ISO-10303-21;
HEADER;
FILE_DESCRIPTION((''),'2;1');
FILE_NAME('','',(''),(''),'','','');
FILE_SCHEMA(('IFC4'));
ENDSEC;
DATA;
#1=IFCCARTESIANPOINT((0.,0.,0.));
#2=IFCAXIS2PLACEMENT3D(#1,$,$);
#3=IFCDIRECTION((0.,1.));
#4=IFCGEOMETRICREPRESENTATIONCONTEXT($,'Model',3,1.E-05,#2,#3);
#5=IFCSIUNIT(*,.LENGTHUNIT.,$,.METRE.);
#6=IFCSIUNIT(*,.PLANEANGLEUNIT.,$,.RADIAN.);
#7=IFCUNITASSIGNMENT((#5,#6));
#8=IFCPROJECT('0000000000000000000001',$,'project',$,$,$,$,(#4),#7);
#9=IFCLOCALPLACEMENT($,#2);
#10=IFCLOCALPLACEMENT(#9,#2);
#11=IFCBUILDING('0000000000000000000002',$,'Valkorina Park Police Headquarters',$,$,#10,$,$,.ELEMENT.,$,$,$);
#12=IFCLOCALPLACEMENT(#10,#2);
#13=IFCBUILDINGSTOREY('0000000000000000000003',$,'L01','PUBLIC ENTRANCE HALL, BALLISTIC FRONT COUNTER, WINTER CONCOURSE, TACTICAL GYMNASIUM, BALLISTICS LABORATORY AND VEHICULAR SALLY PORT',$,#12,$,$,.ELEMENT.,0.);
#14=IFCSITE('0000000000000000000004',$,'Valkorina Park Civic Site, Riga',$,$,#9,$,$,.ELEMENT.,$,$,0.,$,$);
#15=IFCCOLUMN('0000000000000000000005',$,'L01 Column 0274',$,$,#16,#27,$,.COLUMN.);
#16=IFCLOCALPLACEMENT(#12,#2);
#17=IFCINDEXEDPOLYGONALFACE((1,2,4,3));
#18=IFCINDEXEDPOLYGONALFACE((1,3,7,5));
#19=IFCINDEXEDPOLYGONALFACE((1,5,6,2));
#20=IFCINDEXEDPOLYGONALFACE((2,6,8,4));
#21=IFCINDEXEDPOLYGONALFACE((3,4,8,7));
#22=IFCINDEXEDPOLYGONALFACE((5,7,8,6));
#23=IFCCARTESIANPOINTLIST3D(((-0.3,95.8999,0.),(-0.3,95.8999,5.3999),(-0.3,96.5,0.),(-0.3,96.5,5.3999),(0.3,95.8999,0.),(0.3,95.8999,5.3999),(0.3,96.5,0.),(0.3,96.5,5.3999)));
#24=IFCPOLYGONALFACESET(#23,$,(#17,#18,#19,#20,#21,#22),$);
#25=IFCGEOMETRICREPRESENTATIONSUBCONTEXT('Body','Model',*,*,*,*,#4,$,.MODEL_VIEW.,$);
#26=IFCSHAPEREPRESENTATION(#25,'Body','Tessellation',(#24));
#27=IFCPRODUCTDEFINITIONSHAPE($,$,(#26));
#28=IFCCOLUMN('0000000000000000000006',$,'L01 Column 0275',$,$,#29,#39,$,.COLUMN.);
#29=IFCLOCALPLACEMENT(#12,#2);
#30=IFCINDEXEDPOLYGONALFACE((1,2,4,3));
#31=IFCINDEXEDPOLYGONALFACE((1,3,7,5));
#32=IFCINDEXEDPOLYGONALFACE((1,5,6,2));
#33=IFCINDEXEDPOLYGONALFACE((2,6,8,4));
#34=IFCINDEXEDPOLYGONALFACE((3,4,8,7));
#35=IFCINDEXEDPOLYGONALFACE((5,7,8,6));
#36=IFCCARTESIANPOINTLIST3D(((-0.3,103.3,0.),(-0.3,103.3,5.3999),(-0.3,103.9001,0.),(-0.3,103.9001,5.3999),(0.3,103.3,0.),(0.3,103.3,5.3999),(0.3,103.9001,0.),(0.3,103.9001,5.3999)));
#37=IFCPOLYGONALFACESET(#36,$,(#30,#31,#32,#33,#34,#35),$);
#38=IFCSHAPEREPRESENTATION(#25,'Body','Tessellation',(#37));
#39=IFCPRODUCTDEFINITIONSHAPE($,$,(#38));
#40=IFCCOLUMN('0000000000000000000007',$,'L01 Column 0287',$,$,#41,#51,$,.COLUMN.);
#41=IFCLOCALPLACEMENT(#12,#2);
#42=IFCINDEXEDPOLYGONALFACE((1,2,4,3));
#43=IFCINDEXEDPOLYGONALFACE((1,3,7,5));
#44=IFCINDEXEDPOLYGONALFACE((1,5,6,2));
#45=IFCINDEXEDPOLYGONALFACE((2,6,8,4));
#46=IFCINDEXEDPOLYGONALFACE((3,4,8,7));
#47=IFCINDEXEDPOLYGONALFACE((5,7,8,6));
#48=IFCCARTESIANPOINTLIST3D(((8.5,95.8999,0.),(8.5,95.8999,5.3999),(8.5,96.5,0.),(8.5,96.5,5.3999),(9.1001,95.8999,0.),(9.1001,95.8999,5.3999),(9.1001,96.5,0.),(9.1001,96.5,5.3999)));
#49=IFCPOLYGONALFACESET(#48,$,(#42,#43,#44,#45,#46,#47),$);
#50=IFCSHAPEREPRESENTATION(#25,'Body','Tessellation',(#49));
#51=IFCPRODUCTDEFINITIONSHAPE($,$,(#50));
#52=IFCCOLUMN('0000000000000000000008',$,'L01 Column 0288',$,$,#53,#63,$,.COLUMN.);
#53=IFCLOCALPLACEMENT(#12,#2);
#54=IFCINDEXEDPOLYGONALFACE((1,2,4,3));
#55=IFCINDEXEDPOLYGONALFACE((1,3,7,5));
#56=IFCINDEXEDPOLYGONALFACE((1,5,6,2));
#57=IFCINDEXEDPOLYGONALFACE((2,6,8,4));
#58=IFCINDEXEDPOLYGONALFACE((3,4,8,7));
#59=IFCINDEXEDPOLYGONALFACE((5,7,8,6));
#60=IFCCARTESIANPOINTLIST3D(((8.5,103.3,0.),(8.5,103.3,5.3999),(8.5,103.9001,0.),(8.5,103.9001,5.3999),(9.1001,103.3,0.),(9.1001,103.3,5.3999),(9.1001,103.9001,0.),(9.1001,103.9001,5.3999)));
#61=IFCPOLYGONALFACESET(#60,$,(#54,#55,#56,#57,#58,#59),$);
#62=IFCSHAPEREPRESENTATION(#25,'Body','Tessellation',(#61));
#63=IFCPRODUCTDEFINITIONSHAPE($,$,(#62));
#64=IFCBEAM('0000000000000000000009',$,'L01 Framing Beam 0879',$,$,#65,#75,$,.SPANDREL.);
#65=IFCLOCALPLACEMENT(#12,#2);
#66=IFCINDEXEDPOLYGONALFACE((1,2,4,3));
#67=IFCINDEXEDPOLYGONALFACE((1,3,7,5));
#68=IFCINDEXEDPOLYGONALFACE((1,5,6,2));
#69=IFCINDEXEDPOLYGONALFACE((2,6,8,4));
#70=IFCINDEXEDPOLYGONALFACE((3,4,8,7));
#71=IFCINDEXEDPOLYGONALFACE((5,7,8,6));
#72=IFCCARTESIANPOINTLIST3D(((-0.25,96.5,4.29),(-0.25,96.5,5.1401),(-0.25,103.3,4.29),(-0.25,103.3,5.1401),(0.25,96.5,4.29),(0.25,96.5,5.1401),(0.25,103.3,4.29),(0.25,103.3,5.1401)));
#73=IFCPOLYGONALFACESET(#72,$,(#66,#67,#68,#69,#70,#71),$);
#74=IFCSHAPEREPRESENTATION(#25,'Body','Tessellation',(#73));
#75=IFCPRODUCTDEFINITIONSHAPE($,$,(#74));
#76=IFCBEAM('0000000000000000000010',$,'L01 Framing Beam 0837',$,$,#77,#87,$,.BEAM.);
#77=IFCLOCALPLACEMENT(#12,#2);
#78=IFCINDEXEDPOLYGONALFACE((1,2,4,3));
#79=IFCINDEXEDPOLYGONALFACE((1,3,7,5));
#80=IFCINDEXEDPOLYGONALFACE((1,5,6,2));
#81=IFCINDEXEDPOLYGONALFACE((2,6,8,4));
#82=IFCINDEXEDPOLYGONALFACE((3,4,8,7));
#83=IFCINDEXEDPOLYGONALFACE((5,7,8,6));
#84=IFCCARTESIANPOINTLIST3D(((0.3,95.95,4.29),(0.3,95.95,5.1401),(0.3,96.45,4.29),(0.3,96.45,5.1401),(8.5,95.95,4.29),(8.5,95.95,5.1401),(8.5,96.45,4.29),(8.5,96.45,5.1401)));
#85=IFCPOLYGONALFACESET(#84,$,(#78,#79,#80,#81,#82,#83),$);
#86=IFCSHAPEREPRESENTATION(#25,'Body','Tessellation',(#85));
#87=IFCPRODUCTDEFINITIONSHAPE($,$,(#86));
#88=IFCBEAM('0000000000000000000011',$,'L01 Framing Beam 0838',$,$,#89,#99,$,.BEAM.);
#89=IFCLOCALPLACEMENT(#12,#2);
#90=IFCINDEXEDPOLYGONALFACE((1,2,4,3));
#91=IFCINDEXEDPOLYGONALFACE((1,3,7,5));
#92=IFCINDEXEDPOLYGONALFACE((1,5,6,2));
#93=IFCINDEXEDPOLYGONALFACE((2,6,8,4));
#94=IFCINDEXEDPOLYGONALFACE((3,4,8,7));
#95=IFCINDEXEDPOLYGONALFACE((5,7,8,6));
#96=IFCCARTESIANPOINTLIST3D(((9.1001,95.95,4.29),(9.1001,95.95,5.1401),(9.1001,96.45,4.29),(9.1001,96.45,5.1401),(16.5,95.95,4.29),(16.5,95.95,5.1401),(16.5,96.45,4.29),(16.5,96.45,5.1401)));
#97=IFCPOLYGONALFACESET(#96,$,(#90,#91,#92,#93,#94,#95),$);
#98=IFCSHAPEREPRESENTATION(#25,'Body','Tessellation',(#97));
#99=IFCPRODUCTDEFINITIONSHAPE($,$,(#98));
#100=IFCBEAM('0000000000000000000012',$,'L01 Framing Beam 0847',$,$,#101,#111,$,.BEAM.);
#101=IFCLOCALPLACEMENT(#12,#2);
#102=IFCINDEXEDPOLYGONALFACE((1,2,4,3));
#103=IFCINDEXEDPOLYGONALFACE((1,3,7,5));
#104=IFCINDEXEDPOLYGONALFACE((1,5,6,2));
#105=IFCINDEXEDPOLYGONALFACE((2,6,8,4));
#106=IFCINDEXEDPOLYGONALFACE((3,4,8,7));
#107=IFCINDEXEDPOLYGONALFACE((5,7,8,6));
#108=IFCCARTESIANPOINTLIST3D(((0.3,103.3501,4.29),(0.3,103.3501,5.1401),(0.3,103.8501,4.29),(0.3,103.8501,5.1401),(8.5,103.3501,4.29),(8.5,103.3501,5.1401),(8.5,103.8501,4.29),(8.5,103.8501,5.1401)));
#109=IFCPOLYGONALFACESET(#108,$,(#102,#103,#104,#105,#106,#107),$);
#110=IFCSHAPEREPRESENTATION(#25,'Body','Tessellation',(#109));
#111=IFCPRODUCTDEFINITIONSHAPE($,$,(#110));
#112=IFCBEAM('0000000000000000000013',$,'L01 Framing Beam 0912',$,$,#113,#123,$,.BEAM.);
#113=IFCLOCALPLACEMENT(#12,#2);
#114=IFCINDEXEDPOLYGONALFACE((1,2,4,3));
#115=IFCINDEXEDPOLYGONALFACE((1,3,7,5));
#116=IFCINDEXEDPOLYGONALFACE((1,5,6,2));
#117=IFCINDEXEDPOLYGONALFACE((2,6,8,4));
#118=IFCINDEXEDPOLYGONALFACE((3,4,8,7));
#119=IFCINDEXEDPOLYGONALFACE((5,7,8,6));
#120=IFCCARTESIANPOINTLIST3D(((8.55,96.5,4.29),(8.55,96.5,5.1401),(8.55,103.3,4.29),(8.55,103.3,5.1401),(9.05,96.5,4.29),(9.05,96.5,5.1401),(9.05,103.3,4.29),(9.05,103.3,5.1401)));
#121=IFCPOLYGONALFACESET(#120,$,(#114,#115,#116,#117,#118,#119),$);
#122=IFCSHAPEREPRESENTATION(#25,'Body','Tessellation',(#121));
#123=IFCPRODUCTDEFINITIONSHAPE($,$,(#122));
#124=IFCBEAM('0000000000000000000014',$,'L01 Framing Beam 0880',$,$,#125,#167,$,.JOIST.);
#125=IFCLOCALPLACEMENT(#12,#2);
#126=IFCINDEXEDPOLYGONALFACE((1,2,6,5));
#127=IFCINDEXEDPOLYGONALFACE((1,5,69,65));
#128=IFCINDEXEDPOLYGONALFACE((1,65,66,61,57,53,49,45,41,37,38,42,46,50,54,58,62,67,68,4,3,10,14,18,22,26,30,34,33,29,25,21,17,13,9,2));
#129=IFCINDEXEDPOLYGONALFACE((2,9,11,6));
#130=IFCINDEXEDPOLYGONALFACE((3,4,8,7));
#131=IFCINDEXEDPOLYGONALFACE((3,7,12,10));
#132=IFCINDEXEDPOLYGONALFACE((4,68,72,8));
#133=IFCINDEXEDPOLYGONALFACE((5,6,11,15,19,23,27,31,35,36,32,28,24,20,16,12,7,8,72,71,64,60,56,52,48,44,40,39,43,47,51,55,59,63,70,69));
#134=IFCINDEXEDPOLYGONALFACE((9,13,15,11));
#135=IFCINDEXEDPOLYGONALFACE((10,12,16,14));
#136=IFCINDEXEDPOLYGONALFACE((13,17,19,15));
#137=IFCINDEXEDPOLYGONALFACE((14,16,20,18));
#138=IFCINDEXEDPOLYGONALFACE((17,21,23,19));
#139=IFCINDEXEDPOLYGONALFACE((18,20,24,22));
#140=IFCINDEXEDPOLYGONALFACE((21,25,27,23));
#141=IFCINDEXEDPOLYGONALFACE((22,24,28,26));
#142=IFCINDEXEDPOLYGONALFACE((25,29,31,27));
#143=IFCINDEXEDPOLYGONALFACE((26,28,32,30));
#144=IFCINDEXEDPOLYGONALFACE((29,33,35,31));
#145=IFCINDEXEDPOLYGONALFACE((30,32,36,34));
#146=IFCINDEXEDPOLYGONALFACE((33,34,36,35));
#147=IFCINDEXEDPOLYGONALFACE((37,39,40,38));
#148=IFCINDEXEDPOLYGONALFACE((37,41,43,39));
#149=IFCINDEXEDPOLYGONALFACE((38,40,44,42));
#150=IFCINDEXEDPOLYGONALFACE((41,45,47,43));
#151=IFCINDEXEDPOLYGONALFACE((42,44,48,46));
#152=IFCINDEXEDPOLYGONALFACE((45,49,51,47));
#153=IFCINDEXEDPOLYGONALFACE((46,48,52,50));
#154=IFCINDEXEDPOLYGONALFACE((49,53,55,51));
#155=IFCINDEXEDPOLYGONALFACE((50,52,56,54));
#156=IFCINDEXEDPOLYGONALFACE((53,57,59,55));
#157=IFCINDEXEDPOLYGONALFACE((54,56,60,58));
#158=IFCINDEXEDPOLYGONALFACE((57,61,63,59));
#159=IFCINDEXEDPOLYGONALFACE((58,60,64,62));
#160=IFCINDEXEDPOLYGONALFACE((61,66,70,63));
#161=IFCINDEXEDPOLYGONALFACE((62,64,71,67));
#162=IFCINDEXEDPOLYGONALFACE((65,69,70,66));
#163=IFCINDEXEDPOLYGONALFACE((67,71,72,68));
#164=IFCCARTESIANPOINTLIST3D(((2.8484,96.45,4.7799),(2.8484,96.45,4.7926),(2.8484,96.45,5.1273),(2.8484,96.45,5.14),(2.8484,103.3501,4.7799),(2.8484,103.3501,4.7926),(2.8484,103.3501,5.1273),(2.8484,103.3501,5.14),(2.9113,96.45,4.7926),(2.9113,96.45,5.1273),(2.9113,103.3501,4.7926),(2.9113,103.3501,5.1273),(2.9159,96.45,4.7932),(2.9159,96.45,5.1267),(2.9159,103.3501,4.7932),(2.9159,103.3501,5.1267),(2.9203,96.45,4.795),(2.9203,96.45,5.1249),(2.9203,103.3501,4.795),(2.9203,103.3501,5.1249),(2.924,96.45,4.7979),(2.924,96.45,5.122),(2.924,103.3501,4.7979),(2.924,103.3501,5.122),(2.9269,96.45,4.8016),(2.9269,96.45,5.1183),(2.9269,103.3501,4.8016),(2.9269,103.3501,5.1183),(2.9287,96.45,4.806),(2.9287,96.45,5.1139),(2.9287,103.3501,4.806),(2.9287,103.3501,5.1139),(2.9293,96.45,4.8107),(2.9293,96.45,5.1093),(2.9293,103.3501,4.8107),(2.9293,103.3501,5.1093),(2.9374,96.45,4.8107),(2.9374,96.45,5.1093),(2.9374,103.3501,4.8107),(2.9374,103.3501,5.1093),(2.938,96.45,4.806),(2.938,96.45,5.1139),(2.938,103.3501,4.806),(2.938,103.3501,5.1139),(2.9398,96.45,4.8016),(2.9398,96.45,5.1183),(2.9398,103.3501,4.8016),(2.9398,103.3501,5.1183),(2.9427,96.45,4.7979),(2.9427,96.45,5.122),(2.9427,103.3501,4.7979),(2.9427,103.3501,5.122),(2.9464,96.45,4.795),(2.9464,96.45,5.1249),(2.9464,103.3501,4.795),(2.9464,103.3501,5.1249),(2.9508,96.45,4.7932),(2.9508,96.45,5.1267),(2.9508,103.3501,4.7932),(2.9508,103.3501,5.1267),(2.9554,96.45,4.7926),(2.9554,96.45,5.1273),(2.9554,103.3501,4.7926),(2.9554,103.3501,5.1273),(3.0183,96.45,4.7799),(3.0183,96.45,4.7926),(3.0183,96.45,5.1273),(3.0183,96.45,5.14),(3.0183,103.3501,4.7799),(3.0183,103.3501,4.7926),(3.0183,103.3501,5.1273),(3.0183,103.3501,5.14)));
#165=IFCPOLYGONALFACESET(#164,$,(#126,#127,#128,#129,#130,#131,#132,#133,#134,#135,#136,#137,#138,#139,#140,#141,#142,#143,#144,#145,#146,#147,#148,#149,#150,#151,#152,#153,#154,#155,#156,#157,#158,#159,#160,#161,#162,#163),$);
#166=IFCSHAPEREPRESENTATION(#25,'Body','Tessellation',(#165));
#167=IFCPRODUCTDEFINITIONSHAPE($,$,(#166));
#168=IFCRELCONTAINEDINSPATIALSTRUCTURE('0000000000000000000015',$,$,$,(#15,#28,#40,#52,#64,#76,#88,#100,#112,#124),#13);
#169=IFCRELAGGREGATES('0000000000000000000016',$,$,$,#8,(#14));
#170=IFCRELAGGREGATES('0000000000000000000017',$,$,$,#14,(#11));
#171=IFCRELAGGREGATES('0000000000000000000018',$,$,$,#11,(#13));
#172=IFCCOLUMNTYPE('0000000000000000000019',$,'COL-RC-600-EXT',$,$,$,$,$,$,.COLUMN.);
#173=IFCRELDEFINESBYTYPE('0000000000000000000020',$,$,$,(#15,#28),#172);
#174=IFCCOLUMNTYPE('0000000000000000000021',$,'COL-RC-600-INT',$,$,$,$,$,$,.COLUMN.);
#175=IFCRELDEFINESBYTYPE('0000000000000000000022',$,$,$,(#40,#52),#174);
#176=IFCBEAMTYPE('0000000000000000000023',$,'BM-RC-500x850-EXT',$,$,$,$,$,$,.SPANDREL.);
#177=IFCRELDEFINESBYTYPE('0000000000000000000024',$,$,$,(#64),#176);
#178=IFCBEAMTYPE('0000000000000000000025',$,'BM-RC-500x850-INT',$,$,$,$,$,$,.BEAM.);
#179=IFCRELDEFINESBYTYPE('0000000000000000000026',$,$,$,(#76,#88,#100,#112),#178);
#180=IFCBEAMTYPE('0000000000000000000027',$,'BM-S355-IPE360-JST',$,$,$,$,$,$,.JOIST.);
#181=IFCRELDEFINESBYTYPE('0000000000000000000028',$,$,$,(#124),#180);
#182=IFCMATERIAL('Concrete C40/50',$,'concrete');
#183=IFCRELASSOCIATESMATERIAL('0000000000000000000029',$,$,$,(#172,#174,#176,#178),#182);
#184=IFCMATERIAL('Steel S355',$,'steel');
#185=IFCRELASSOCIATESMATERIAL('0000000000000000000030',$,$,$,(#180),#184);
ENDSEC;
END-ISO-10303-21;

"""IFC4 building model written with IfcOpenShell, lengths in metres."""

from ifc_helpers import new_model, si_unit, direction, frame, origin, origin_2d, place, context, subcontext, project, spatial, rectangle, i_section, extrude, material, material_profile, profile_set, type_object, element, save


model = new_model("IFC4")

# Units and contexts
model_context = context("Model", 3, precision=1e-05, world=origin(), true_north=direction((0.0, 1.0)))
body_context = subcontext(model_context, "Body", "Model", "MODEL_VIEW")
ifc_project = project(units=[si_unit("LENGTHUNIT", "METRE"), si_unit("PLANEANGLEUNIT", "RADIAN")], contexts=[model_context])

# Site, building, storey
site_placement = place(None, origin())
site = spatial("IfcSite", under=ifc_project, at=site_placement, Name="Valkorina Park Civic Site, Riga", CompositionType="ELEMENT", RefElevation=0.0)
building_placement = place(site_placement, origin())
building = spatial("IfcBuilding", under=site, at=building_placement, Name="Valkorina Park Police Headquarters", CompositionType="ELEMENT")
storey_placement = place(building_placement, origin())
storey = spatial("IfcBuildingStorey", under=building, at=storey_placement, Name="L01", Description="PUBLIC ENTRANCE HALL, BALLISTIC FRONT COUNTER, WINTER CONCOURSE, TACTICAL GYMNASIUM, BALLISTICS LABORATORY AND VEHICULAR SALLY PORT", CompositionType="ELEMENT", Elevation=0.0)

# Columns
ifc_material_1 = material(Name="Concrete C40/50", Category="concrete")
ifc_material_profile_1 = material_profile(ifc_material_1, rectangle(XDim=0.6001, YDim=0.6001, at=origin_2d()), Name="RC COL 600x600")
ifc_profile_set_1 = profile_set([ifc_material_profile_1], Name="Concrete C40/50")
column_type_1 = type_object("IfcColumnType", Name="COL-RC-600-EXT", PredefinedType="COLUMN", material=ifc_profile_set_1)
for number, where, z_axis, x_axis, name in (
    (1, (0.0, 96.2, 0.0), (0.0, 0.0, 1.0), (1.0, 0.0, 0.0), "L01 Column 0274"),
    (2, (0.0, 103.6001, 0.0), (0.0, 0.0, 1.0), (1.0, 0.0, 0.0), "L01 Column 0275"),
):
    element("IfcColumn", number, at=place(storey_placement, frame(where, z_axis=z_axis, x_axis=x_axis)), inside=storey, type_object=column_type_1, Name=name, PredefinedType="COLUMN", context=body_context, shape_type="SweptSolid", body=[
        extrude(rectangle(XDim=0.6001, YDim=0.6001, at=origin_2d()), origin(), (0.0, 0.0, 1.0), 5.3999),
    ])
ifc_material_profile_2 = material_profile(ifc_material_1, rectangle(XDim=0.6001, YDim=0.6001, at=origin_2d()), Name="RC COL 600x600")
ifc_profile_set_2 = profile_set([ifc_material_profile_2], Name="Concrete C40/50")
column_type_2 = type_object("IfcColumnType", Name="COL-RC-600-INT", PredefinedType="COLUMN", material=ifc_profile_set_2)
for number, where, z_axis, x_axis, name in (
    (3, (8.8, 96.2, 0.0), (0.0, 0.0, 1.0), (1.0, 0.0, 0.0), "L01 Column 0287"),
    (4, (8.8, 103.6001, 0.0), (0.0, 0.0, 1.0), (1.0, 0.0, 0.0), "L01 Column 0288"),
):
    element("IfcColumn", number, at=place(storey_placement, frame(where, z_axis=z_axis, x_axis=x_axis)), inside=storey, type_object=column_type_2, Name=name, PredefinedType="COLUMN", context=body_context, shape_type="SweptSolid", body=[
        extrude(rectangle(XDim=0.6001, YDim=0.6001, at=origin_2d()), origin(), (0.0, 0.0, 1.0), 5.3999),
    ])

# Beams
ifc_material_profile_3 = material_profile(ifc_material_1, rectangle(XDim=0.5, YDim=0.8501, at=origin_2d()), Name="RC BEAM 500x850")
ifc_profile_set_3 = profile_set([ifc_material_profile_3], Name="Concrete C40/50")
beam_type_1 = type_object("IfcBeamType", Name="BM-RC-500x850-EXT", PredefinedType="SPANDREL", material=ifc_profile_set_3)
beam_1_placement = place(storey_placement, frame((0.0, 96.5, 4.7151), z_axis=(0.0, 1.0, 0.0), x_axis=(-1.0, 0.0, 0.0)))
element("IfcBeam", 5, at=beam_1_placement, inside=storey, type_object=beam_type_1, Name="L01 Framing Beam 0879", PredefinedType="SPANDREL", context=body_context, shape_type="SweptSolid", body=[
    extrude(rectangle(XDim=0.5, YDim=0.8501, at=origin_2d()), origin(), (0.0, 0.0, 1.0), 6.8),
])
ifc_material_profile_4 = material_profile(ifc_material_1, rectangle(XDim=0.5, YDim=0.8501, at=origin_2d()), Name="RC BEAM 500x850")
ifc_profile_set_4 = profile_set([ifc_material_profile_4], Name="Concrete C40/50")
beam_type_2 = type_object("IfcBeamType", Name="BM-RC-500x850-INT", PredefinedType="BEAM", material=ifc_profile_set_4)
beam_2_placement = place(storey_placement, frame((0.3, 96.2, 4.7151), z_axis=(1.0, 0.0, 0.0), x_axis=(0.0, 1.0, 0.0)))
element("IfcBeam", 6, at=beam_2_placement, inside=storey, type_object=beam_type_2, Name="L01 Framing Beam 0837", PredefinedType="BEAM", context=body_context, shape_type="SweptSolid", body=[
    extrude(rectangle(XDim=0.5, YDim=0.8501, at=origin_2d()), origin(), (0.0, 0.0, 1.0), 8.2),
])
beam_3_placement = place(storey_placement, frame((9.1001, 96.2, 4.7151), z_axis=(1.0, 0.0, 0.0), x_axis=(0.0, 1.0, 0.0)))
element("IfcBeam", 7, at=beam_3_placement, inside=storey, type_object=beam_type_2, Name="L01 Framing Beam 0838", PredefinedType="BEAM", context=body_context, shape_type="SweptSolid", body=[
    extrude(rectangle(XDim=0.5, YDim=0.8501, at=origin_2d()), origin(), (0.0, 0.0, 1.0), 7.3999),
])
beam_4_placement = place(storey_placement, frame((0.3, 103.6001, 4.7151), z_axis=(1.0, 0.0, 0.0), x_axis=(0.0, 1.0, 0.0)))
element("IfcBeam", 8, at=beam_4_placement, inside=storey, type_object=beam_type_2, Name="L01 Framing Beam 0847", PredefinedType="BEAM", context=body_context, shape_type="SweptSolid", body=[
    extrude(rectangle(XDim=0.5, YDim=0.8501, at=origin_2d()), origin(), (0.0, 0.0, 1.0), 8.2),
])
beam_5_placement = place(storey_placement, frame((8.8, 96.5, 4.7151), z_axis=(0.0, 1.0, 0.0), x_axis=(-1.0, 0.0, 0.0)))
element("IfcBeam", 9, at=beam_5_placement, inside=storey, type_object=beam_type_2, Name="L01 Framing Beam 0912", PredefinedType="BEAM", context=body_context, shape_type="SweptSolid", body=[
    extrude(rectangle(XDim=0.5, YDim=0.8501, at=origin_2d()), origin(), (0.0, 0.0, 1.0), 6.8),
])
ifc_material_2 = material(Name="Steel S355", Category="steel")
ifc_material_profile_5 = material_profile(ifc_material_2, i_section(OverallWidth=0.1699, OverallDepth=0.3601, WebThickness=0.0081, FlangeThickness=0.0127, FilletRadius=0.0181, at=origin_2d()), Name="IPE 360")
ifc_profile_set_5 = profile_set([ifc_material_profile_5], Name="Steel S355")
beam_type_3 = type_object("IfcBeamType", Name="BM-S355-IPE360-JST", PredefinedType="JOIST", material=ifc_profile_set_5)
for number, where, z_axis, x_axis, name in (
    (10, (2.9333, 96.45, 4.96), (0.0, 1.0, 0.0), (-1.0, 0.0, 0.0), "L01 Framing Beam 0880"),
):
    element("IfcBeam", number, at=place(storey_placement, frame(where, z_axis=z_axis, x_axis=x_axis)), inside=storey, type_object=beam_type_3, Name=name, PredefinedType="JOIST", context=body_context, shape_type="SweptSolid", body=[
        extrude(i_section(OverallWidth=0.1699, OverallDepth=0.3601, WebThickness=0.0081, FlangeThickness=0.0127, FilletRadius=0.0181, at=origin_2d()), origin(), (0.0, 0.0, 1.0), 6.9001),
    ])

save(model, "model.ifc")
